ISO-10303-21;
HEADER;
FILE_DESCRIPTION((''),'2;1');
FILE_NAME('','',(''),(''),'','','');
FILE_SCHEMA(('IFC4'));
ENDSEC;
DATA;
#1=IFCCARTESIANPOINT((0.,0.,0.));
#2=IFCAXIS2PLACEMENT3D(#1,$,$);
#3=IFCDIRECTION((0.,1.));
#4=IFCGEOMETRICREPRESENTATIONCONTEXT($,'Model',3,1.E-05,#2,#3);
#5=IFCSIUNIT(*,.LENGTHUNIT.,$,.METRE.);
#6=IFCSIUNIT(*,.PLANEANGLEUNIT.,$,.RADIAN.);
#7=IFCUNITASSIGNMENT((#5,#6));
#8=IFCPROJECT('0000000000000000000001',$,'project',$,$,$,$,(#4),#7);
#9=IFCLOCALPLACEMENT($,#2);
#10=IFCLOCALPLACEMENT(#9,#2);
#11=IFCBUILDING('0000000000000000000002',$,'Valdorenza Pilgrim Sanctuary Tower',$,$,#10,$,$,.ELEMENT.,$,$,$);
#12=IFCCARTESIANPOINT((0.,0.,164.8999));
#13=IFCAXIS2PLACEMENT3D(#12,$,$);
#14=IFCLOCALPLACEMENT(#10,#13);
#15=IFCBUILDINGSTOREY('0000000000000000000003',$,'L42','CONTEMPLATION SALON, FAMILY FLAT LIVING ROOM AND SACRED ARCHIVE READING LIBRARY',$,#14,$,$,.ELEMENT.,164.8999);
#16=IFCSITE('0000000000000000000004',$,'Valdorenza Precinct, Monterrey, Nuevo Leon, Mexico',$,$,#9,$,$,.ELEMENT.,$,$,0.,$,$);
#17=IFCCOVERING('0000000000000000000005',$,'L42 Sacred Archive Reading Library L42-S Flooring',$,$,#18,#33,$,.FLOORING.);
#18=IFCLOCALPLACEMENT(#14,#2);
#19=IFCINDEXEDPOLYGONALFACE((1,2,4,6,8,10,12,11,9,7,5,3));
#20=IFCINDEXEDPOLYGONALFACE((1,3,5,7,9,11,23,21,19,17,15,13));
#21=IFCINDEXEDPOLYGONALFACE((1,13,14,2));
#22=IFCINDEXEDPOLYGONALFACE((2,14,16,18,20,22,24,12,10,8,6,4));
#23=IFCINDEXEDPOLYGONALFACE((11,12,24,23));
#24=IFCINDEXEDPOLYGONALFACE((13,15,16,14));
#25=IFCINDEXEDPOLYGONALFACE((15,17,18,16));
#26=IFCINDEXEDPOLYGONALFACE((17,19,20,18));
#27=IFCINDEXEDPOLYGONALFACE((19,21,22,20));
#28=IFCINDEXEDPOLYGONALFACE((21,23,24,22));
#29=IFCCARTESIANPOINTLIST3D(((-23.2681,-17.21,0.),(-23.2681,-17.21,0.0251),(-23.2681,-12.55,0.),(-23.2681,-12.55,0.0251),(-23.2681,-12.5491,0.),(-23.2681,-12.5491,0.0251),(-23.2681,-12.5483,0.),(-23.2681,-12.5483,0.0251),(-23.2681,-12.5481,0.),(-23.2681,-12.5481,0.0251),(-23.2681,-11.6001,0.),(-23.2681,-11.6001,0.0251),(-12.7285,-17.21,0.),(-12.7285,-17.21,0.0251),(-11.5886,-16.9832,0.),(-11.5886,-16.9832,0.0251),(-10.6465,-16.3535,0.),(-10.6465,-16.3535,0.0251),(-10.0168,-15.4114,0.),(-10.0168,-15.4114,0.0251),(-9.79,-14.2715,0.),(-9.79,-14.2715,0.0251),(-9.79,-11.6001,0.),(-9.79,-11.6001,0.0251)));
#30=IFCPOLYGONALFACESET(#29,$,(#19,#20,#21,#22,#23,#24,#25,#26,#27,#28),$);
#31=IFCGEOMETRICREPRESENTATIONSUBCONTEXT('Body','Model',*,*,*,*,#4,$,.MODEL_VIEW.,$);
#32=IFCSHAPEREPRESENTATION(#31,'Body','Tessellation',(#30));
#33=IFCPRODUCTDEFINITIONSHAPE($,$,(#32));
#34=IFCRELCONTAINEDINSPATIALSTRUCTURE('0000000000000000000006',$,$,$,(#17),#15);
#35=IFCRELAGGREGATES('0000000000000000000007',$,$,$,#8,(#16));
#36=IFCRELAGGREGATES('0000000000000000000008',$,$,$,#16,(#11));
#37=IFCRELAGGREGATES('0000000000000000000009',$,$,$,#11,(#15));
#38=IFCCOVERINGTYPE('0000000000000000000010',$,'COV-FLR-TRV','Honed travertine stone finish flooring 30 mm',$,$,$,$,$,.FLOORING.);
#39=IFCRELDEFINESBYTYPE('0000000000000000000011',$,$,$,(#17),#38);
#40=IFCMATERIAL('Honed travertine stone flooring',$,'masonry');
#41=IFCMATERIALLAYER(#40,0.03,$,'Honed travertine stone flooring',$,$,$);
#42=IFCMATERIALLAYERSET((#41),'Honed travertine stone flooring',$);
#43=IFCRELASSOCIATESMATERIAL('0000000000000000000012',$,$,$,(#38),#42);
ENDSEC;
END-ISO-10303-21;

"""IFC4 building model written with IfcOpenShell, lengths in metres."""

from ifc_helpers import new_model, si_unit, direction, frame, origin, place, context, subcontext, project, spatial, polyline, outline, extrude, material, layer, layer_set, type_object, element, save


model = new_model("IFC4")

# Units and contexts
model_context = context("Model", 3, precision=1e-05, world=origin(), true_north=direction((0.0, 1.0)))
body_context = subcontext(model_context, "Body", "Model", "MODEL_VIEW")
ifc_project = project(units=[si_unit("LENGTHUNIT", "METRE"), si_unit("PLANEANGLEUNIT", "RADIAN")], contexts=[model_context])

# Site, building, storey
site_placement = place(None, origin())
site = spatial("IfcSite", under=ifc_project, at=site_placement, Name="Valdorenza Precinct, Monterrey, Nuevo Leon, Mexico", CompositionType="ELEMENT", RefElevation=0.0)
building_placement = place(site_placement, origin())
building = spatial("IfcBuilding", under=site, at=building_placement, Name="Valdorenza Pilgrim Sanctuary Tower", CompositionType="ELEMENT")
storey_placement = place(building_placement, frame((0.0, 0.0, 164.8999)))
storey = spatial("IfcBuildingStorey", under=building, at=storey_placement, Name="L42", Description="CONTEMPLATION SALON, FAMILY FLAT LIVING ROOM AND SACRED ARCHIVE READING LIBRARY", CompositionType="ELEMENT", Elevation=164.8999)

# Covering
ifc_material_1 = material(Name="Honed travertine stone flooring", Category="masonry")
ifc_layer_1 = layer(ifc_material_1, 0.03, Name="Honed travertine stone flooring")
ifc_layer_set_1 = layer_set([ifc_layer_1], Name="Honed travertine stone flooring")
covering_type_1 = type_object("IfcCoveringType", Name="COV-FLR-TRV", Description="Honed travertine stone finish flooring 30 mm", PredefinedType="FLOORING", material=ifc_layer_set_1)
covering_1_placement = place(storey_placement, origin())
element("IfcCovering", 1, at=covering_1_placement, inside=storey, type_object=covering_type_1, Name="L42 Sacred Archive Reading Library L42-S Flooring", PredefinedType="FLOORING", context=body_context, shape_type="SweptSolid", body=[
    extrude(outline(polyline([(-23.2681, -12.5483), (-23.2681, -12.5481), (-23.2681, -11.6001), (-9.79, -11.6001), (-9.79, -14.2715), (-10.0168, -15.4114), (-10.6465, -16.3535), (-11.5886, -16.9832), (-12.7285, -17.21), (-23.2681, -17.21), (-23.2681, -12.55), (-23.2681, -12.5491), (-23.2681, -12.5483)])), origin(), (0.0, 0.0, 1.0), 0.0251),
])

save(model, "model.ifc")
